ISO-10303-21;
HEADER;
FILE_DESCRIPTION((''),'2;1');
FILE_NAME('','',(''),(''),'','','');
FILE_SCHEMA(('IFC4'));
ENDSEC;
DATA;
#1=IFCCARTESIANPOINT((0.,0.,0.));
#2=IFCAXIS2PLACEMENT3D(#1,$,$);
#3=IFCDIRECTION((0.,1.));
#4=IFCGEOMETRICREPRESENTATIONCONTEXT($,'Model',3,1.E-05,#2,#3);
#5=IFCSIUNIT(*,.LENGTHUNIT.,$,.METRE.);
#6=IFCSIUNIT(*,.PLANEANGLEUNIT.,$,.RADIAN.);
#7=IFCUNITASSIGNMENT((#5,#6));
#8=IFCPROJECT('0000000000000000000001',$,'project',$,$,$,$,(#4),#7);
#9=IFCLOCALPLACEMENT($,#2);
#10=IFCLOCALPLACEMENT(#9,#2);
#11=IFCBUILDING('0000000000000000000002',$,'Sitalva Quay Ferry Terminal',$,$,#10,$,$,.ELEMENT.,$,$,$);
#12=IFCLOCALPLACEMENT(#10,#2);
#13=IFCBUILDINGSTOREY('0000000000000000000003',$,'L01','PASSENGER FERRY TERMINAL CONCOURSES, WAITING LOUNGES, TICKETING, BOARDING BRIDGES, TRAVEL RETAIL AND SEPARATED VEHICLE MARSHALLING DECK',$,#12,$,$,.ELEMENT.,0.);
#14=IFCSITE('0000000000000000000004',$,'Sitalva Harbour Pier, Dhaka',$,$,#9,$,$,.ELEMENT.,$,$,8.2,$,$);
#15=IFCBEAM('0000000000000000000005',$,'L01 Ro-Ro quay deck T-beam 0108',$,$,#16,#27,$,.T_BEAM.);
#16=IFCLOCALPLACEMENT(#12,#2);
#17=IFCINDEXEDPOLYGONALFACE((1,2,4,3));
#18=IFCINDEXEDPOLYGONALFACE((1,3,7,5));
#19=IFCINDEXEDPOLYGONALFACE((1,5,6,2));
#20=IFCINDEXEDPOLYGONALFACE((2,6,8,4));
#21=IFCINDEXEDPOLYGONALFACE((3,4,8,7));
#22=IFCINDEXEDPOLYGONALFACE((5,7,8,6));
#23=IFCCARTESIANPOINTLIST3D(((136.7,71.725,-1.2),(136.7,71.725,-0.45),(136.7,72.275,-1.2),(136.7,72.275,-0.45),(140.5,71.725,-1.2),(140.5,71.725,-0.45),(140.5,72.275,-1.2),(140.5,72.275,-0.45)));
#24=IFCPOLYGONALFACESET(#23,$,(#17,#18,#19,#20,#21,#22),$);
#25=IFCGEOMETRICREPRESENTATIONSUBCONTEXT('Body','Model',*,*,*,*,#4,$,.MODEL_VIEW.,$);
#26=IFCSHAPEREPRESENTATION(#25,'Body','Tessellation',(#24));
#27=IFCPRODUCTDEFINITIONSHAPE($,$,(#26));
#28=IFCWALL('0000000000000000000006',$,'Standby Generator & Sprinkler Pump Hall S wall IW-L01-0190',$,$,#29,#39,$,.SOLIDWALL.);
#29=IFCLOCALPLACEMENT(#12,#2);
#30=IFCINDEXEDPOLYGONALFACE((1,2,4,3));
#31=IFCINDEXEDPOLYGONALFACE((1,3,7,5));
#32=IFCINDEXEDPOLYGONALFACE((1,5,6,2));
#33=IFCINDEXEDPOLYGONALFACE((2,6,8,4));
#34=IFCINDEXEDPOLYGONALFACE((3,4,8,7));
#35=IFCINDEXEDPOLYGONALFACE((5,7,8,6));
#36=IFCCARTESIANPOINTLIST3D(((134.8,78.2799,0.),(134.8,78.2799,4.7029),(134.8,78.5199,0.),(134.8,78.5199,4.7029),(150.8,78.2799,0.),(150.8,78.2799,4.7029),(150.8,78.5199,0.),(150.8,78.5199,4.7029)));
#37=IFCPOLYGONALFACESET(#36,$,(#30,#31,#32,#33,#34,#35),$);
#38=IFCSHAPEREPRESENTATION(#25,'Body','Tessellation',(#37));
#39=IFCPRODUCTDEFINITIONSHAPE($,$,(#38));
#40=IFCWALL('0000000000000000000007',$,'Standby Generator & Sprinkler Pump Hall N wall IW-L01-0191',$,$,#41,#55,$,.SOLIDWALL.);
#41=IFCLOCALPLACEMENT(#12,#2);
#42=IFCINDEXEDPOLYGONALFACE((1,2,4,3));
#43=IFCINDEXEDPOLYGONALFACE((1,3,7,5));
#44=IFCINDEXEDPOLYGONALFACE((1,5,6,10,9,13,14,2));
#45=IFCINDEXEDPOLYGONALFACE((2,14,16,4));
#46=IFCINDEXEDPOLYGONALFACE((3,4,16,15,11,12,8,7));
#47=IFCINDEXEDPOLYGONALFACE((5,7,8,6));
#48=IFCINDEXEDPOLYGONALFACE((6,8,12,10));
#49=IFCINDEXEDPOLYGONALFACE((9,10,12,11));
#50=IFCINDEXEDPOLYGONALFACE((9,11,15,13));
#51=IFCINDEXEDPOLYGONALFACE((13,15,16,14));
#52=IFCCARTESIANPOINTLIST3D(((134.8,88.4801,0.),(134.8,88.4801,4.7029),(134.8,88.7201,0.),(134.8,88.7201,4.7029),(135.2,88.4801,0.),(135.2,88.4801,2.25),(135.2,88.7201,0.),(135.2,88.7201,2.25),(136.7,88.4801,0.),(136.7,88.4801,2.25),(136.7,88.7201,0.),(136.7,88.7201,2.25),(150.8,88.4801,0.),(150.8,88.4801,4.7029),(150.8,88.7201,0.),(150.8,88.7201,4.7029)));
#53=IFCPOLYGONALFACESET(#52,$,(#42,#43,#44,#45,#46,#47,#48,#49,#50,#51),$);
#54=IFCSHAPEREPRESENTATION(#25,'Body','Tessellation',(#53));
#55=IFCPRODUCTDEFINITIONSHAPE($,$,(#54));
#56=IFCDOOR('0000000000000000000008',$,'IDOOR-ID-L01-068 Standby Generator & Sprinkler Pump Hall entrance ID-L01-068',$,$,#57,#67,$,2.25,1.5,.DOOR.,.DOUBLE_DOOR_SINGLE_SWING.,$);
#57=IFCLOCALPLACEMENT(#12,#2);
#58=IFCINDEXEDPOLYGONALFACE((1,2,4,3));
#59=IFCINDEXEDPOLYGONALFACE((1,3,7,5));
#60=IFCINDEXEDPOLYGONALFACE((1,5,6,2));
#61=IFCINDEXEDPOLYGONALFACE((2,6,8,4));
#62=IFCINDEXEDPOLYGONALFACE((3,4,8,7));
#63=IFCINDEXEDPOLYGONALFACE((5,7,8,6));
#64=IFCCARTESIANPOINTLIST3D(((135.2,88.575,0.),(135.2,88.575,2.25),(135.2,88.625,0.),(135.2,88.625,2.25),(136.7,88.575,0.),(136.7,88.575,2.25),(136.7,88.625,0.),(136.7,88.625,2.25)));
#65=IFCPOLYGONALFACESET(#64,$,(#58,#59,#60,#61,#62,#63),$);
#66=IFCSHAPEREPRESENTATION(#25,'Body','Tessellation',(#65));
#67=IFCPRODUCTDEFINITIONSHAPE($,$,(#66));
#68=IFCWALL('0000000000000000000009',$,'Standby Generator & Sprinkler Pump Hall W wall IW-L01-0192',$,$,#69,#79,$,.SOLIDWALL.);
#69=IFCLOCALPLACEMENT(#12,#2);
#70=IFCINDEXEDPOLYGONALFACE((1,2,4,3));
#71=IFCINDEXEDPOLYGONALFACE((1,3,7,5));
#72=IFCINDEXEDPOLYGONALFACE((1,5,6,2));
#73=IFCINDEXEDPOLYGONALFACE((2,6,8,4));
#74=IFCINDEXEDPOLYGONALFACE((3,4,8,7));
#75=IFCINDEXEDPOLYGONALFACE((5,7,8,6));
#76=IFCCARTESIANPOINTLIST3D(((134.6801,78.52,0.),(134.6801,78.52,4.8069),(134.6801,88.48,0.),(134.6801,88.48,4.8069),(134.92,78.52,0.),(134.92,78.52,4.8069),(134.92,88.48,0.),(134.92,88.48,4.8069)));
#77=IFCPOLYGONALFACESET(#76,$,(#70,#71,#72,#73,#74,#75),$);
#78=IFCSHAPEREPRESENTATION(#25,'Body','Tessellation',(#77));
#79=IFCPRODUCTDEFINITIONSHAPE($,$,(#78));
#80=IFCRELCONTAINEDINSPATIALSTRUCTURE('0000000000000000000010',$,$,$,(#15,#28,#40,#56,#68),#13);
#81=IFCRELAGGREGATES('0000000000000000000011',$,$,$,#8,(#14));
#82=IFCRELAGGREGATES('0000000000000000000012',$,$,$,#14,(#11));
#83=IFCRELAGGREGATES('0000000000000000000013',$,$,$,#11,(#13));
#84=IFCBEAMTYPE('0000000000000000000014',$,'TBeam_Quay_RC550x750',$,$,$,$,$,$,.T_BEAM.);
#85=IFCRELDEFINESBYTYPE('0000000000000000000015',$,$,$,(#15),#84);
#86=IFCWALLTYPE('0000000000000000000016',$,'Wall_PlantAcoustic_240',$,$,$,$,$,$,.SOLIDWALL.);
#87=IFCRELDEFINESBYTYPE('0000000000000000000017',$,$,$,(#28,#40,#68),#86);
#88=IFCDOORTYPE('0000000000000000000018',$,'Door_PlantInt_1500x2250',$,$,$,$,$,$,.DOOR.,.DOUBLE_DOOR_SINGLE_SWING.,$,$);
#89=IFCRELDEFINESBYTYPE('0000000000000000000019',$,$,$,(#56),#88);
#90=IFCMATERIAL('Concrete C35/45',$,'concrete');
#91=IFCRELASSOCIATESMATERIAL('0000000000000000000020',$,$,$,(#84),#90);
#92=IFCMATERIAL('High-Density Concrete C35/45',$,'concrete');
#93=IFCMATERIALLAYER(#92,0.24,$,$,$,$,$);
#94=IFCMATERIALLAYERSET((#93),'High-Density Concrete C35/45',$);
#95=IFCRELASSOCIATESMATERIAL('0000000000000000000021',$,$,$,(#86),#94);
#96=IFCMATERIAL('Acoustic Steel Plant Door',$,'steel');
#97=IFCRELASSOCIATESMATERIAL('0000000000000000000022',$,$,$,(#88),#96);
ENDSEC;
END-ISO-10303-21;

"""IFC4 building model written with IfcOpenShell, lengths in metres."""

from ifc_helpers import new_model, si_unit, direction, frame, frame_2d, origin, origin_2d, place, context, subcontext, project, spatial, rectangle, extrude, material, layer, layer_set, material_profile, profile_set, type_object, element, fill, save


model = new_model("IFC4")

# Units and contexts
model_context = context("Model", 3, precision=1e-05, world=origin(), true_north=direction((0.0, 1.0)))
body_context = subcontext(model_context, "Body", "Model", "MODEL_VIEW")
ifc_project = project(units=[si_unit("LENGTHUNIT", "METRE"), si_unit("PLANEANGLEUNIT", "RADIAN")], contexts=[model_context])

# Site, building, storey
site_placement = place(None, origin())
site = spatial("IfcSite", under=ifc_project, at=site_placement, Name="Sitalva Harbour Pier, Dhaka", CompositionType="ELEMENT", RefElevation=8.2)
building_placement = place(site_placement, origin())
building = spatial("IfcBuilding", under=site, at=building_placement, Name="Sitalva Quay Ferry Terminal", CompositionType="ELEMENT")
storey_placement = place(building_placement, origin())
storey = spatial("IfcBuildingStorey", under=building, at=storey_placement, Name="L01", Description="PASSENGER FERRY TERMINAL CONCOURSES, WAITING LOUNGES, TICKETING, BOARDING BRIDGES, TRAVEL RETAIL AND SEPARATED VEHICLE MARSHALLING DECK", CompositionType="ELEMENT", Elevation=0.0)

# Beam
ifc_material_1 = material(Name="Concrete C35/45", Category="concrete")
ifc_material_profile_1 = material_profile(ifc_material_1, rectangle(XDim=0.55, YDim=0.75, at=origin_2d()), Name="RC550x750")
ifc_profile_set_1 = profile_set([ifc_material_profile_1], Name="Concrete C35/45")
beam_type_1 = type_object("IfcBeamType", Name="TBeam_Quay_RC550x750", PredefinedType="T_BEAM", material=ifc_profile_set_1)
beam_1_placement = place(storey_placement, frame((136.7, 72.0, -0.825), z_axis=(1.0, 0.0, 0.0), x_axis=(0.0, 1.0, 0.0)))
element("IfcBeam", 1, at=beam_1_placement, inside=storey, type_object=beam_type_1, Name="L01 Ro-Ro quay deck T-beam 0108", PredefinedType="T_BEAM", context=body_context, shape_type="SweptSolid", body=[
    extrude(rectangle(XDim=0.55, YDim=0.75, at=origin_2d()), origin(), (0.0, 0.0, 1.0), 3.8),
])

# Wall
ifc_material_2 = material(Name="High-Density Concrete C35/45", Category="concrete")
ifc_layer = layer(ifc_material_2, 0.24)
ifc_layer_set = layer_set([ifc_layer], Name="High-Density Concrete C35/45")
wall_type = type_object("IfcWallType", Name="Wall_PlantAcoustic_240", PredefinedType="SOLIDWALL", material=ifc_layer_set)
wall_1_placement = place(storey_placement, frame((134.8, 78.3999, 0.0), z_axis=(0.0, 0.0, 1.0), x_axis=(1.0, 0.0, 0.0)))
element("IfcWall", 2, at=wall_1_placement, inside=storey, type_object=wall_type, Name="Standby Generator & Sprinkler Pump Hall S wall IW-L01-0190", PredefinedType="SOLIDWALL", context=body_context, shape_type="SweptSolid", body=[
    extrude(rectangle(XDim=16.0, YDim=0.24, at=frame_2d((8.0, 0.0))), origin(), (0.0, 0.0, 1.0), 4.7029),
])

# Wall, opening, door
wall_2_placement = place(storey_placement, frame((134.8, 88.6001, 0.0), z_axis=(0.0, 0.0, 1.0), x_axis=(1.0, 0.0, 0.0)))
wall_2 = element("IfcWall", 3, at=wall_2_placement, inside=storey, type_object=wall_type, Name="Standby Generator & Sprinkler Pump Hall N wall IW-L01-0191", PredefinedType="SOLIDWALL", context=body_context, shape_type="SweptSolid", body=[
    extrude(rectangle(XDim=16.0, YDim=0.24, at=frame_2d((8.0, 0.0))), origin(), (0.0, 0.0, 1.0), 4.7029),
])
opening_placement = place(wall_2_placement, frame((0.3999, 0.0, 0.0)))
opening = element("IfcOpeningElement", 4, at=opening_placement, cuts=wall_2, PredefinedType="OPENING", context=body_context, shape_type="SweptSolid", body=[
    extrude(rectangle(XDim=1.5, YDim=2.25, at=frame_2d((0.75, 1.125))), frame((0.0, 0.1299, 0.0), z_axis=(0.0, -1.0, 0.0), x_axis=(1.0, 0.0, 0.0)), (0.0, 0.0, 1.0), 0.26),
])
ifc_material_3 = material(Name="Acoustic Steel Plant Door", Category="steel")
door_type = type_object("IfcDoorType", Name="Door_PlantInt_1500x2250", OperationType="DOUBLE_DOOR_SINGLE_SWING", PredefinedType="DOOR", material=ifc_material_3)
door_placement = place(opening_placement, origin())
door = element("IfcDoor", 5, at=door_placement, inside=storey, type_object=door_type, Name="IDOOR-ID-L01-068 Standby Generator & Sprinkler Pump Hall entrance ID-L01-068", OperationType="DOUBLE_DOOR_SINGLE_SWING", OverallHeight=2.25, OverallWidth=1.5, PredefinedType="DOOR", context=body_context, shape_type="SweptSolid", body=[
    extrude(rectangle(XDim=1.5, YDim=2.25, at=frame_2d((0.75, 1.125))), frame((0.0, 0.0249, 0.0), z_axis=(0.0, -1.0, 0.0), x_axis=(1.0, 0.0, 0.0)), (0.0, 0.0, 1.0), 0.05),
])
fill(opening, door)

# Wall
wall_3_placement = place(storey_placement, frame((134.8, 78.52, 0.0), z_axis=(0.0, 0.0, 1.0), x_axis=(0.0, 1.0, 0.0)))
element("IfcWall", 6, at=wall_3_placement, inside=storey, type_object=wall_type, Name="Standby Generator & Sprinkler Pump Hall W wall IW-L01-0192", PredefinedType="SOLIDWALL", context=body_context, shape_type="SweptSolid", body=[
    extrude(rectangle(XDim=9.96, YDim=0.24, at=frame_2d((4.98, 0.0))), origin(), (0.0, 0.0, 1.0), 4.8069),
])

save(model, "model.ifc")
